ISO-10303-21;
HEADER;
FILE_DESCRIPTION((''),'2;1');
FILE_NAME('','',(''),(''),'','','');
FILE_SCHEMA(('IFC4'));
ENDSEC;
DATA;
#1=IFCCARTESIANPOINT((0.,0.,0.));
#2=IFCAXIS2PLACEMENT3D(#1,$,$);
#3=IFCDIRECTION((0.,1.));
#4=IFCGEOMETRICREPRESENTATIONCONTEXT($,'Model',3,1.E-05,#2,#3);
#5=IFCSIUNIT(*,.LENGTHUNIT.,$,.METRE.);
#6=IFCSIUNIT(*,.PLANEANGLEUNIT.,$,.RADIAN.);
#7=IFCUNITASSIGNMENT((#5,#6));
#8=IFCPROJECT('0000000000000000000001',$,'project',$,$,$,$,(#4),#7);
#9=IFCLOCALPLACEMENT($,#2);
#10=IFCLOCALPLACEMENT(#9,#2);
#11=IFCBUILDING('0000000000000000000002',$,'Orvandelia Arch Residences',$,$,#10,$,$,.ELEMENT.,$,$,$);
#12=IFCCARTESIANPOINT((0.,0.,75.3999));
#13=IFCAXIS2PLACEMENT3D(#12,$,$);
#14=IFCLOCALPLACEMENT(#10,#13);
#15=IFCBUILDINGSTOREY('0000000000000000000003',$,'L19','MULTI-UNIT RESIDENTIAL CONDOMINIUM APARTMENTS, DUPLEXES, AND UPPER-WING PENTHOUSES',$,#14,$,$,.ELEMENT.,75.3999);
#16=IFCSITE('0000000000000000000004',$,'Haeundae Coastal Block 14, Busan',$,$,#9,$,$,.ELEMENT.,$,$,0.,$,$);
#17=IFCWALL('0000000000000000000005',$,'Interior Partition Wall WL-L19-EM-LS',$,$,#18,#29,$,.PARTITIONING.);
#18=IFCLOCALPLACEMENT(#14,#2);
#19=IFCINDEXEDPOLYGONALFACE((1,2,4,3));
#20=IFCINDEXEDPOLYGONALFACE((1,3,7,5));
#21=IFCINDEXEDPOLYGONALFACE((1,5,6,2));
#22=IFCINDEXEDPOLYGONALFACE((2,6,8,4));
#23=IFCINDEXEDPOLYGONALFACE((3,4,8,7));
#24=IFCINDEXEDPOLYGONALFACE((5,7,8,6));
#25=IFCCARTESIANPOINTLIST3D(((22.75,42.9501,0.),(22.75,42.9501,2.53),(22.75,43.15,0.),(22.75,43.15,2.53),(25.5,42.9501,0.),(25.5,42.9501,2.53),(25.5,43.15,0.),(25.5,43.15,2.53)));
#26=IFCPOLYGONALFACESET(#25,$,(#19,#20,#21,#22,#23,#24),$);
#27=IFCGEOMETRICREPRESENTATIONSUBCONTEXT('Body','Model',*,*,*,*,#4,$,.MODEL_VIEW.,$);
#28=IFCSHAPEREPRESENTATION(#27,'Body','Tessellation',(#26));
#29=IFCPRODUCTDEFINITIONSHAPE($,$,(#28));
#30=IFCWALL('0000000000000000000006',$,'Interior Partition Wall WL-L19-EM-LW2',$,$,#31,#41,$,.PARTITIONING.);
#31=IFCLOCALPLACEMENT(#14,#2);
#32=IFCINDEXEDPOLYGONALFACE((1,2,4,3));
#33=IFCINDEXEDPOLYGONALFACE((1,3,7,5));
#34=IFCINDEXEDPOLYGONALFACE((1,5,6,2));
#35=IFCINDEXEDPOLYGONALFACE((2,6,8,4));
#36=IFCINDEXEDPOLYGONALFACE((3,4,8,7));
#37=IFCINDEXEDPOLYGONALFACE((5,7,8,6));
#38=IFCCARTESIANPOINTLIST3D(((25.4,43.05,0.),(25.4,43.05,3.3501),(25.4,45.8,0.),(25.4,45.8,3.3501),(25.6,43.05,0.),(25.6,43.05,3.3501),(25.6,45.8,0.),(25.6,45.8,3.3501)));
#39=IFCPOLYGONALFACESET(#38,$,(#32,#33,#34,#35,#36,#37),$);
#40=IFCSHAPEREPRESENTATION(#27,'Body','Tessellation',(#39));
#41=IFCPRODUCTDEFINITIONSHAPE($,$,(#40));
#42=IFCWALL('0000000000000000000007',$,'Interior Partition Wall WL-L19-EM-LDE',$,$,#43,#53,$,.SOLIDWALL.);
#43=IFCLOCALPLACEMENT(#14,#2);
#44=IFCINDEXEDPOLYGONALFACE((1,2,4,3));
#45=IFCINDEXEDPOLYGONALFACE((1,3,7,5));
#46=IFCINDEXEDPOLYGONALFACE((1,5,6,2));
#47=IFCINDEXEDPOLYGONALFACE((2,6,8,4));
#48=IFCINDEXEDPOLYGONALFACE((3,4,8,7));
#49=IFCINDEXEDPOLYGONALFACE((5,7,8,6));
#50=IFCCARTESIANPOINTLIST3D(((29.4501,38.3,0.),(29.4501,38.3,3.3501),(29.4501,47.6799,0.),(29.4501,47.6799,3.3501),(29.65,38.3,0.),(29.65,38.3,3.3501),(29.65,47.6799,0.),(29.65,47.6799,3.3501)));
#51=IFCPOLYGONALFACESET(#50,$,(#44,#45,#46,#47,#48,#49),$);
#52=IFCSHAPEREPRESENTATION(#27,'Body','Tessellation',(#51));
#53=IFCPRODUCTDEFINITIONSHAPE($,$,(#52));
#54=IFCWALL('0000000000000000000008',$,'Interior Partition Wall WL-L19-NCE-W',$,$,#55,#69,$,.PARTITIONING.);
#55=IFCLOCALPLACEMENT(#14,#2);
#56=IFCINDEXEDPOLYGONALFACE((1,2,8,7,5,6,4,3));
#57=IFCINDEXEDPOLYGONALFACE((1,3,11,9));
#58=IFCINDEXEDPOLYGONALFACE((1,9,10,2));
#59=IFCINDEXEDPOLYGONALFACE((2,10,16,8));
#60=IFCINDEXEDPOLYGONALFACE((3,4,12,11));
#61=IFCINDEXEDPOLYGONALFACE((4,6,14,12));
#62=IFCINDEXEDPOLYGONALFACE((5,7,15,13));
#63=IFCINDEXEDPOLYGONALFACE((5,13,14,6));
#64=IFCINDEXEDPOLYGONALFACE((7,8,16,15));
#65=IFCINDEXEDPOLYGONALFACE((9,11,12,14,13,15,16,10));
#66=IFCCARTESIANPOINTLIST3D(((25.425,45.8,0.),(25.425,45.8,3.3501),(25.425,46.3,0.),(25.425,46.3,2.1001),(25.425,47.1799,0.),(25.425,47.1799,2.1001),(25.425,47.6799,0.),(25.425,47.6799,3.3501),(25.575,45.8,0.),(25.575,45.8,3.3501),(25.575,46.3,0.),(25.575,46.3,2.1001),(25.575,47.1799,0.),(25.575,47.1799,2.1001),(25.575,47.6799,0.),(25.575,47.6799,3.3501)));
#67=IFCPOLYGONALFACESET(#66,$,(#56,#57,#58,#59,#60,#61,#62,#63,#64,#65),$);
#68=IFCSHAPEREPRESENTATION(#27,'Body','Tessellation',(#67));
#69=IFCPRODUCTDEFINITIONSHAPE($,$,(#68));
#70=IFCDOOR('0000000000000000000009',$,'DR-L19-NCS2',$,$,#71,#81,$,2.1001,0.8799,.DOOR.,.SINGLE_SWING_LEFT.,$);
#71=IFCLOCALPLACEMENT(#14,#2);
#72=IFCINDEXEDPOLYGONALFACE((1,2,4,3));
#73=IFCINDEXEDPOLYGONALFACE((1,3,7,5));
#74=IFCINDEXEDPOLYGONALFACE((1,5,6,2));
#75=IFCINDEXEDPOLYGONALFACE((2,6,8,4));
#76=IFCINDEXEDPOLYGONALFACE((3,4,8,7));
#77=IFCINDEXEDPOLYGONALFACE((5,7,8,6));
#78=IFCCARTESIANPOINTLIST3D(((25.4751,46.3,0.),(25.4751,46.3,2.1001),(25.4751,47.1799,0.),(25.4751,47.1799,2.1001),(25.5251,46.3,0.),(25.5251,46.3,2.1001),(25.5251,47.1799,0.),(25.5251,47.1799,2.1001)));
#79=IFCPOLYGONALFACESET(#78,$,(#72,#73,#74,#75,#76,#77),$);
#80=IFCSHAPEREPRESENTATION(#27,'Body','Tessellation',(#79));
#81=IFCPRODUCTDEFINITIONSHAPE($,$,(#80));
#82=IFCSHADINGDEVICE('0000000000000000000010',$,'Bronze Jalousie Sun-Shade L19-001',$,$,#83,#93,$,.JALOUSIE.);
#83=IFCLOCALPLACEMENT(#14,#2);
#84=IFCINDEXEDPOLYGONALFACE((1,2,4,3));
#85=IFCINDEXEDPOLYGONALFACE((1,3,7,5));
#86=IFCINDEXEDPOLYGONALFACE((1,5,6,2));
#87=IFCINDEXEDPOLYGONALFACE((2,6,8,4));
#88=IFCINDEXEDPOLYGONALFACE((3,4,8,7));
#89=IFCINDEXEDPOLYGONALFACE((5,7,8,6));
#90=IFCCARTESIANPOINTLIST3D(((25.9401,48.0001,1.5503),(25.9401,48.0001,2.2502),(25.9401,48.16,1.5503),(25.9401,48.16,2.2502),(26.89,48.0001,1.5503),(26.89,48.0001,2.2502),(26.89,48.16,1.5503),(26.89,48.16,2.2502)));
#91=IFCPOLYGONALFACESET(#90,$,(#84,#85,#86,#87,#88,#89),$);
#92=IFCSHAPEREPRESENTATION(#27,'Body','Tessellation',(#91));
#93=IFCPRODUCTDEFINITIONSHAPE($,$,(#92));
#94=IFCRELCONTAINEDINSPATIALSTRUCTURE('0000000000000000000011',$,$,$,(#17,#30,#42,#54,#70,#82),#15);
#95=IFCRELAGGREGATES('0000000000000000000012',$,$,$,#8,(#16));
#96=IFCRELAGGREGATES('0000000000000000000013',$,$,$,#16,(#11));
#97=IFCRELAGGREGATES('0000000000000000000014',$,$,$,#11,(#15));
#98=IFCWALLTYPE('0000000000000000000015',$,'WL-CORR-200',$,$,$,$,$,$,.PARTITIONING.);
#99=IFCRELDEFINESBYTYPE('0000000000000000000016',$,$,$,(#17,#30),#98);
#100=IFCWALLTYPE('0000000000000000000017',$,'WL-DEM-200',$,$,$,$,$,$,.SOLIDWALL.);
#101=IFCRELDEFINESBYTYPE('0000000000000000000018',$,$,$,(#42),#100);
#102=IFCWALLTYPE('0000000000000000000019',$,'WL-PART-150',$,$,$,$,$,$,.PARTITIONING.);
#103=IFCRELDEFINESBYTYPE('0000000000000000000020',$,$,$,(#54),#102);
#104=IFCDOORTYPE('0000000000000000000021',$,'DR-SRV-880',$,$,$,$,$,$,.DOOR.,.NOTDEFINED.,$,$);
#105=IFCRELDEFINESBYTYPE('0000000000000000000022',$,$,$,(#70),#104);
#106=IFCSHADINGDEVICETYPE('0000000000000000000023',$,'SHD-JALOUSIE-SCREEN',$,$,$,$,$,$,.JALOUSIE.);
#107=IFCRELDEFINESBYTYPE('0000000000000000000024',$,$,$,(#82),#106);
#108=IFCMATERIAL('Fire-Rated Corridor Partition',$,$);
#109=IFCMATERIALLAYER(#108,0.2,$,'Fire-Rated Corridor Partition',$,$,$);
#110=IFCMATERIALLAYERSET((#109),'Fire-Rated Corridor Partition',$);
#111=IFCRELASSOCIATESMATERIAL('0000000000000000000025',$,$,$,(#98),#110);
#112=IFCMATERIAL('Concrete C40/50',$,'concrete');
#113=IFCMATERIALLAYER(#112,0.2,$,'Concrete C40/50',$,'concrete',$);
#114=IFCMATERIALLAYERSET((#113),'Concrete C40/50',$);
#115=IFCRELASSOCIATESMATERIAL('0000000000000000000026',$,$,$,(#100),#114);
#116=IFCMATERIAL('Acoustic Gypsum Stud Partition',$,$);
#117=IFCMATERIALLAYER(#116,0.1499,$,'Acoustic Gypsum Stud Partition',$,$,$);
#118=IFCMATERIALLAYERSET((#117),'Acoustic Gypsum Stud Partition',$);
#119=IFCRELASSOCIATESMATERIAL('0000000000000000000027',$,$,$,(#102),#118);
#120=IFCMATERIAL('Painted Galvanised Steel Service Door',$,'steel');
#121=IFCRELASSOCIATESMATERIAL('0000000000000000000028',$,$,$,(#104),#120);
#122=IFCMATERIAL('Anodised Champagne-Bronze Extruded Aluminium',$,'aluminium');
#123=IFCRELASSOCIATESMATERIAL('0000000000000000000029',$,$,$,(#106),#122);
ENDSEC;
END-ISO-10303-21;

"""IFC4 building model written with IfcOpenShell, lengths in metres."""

from ifc_helpers import new_model, si_unit, direction, frame, frame_2d, origin, origin_2d, place, context, subcontext, project, spatial, rectangle, extrude, material, layer, layer_set, type_object, element, fill, save


model = new_model("IFC4")

# Units and contexts
model_context = context("Model", 3, precision=1e-05, world=origin(), true_north=direction((0.0, 1.0)))
body_context = subcontext(model_context, "Body", "Model", "MODEL_VIEW")
ifc_project = project(units=[si_unit("LENGTHUNIT", "METRE"), si_unit("PLANEANGLEUNIT", "RADIAN")], contexts=[model_context])

# Site, building, storey
site_placement = place(None, origin())
site = spatial("IfcSite", under=ifc_project, at=site_placement, Name="Haeundae Coastal Block 14, Busan", CompositionType="ELEMENT", RefElevation=0.0)
building_placement = place(site_placement, origin())
building = spatial("IfcBuilding", under=site, at=building_placement, Name="Orvandelia Arch Residences", CompositionType="ELEMENT")
storey_placement = place(building_placement, frame((0.0, 0.0, 75.3999)))
storey = spatial("IfcBuildingStorey", under=building, at=storey_placement, Name="L19", Description="MULTI-UNIT RESIDENTIAL CONDOMINIUM APARTMENTS, DUPLEXES, AND UPPER-WING PENTHOUSES", CompositionType="ELEMENT", Elevation=75.3999)

# Shared definitions
ifc_material_1 = material(Name="Fire-Rated Corridor Partition")
ifc_layer_1 = layer(ifc_material_1, 0.2, Name="Fire-Rated Corridor Partition")
ifc_layer_set_1 = layer_set([ifc_layer_1], Name="Fire-Rated Corridor Partition")
wall_type_1 = type_object("IfcWallType", Name="WL-CORR-200", PredefinedType="PARTITIONING", material=ifc_layer_set_1)

# Walls
wall_1_placement = place(storey_placement, frame((22.75, 43.05, 0.0), z_axis=(0.0, 0.0, 1.0), x_axis=(1.0, 0.0, 0.0)))
element("IfcWall", 1, at=wall_1_placement, inside=storey, type_object=wall_type_1, Name="Interior Partition Wall WL-L19-EM-LS", PredefinedType="PARTITIONING", context=body_context, shape_type="SweptSolid", body=[
    extrude(rectangle(XDim=2.75, YDim=0.2, at=frame_2d((1.375, 0.0))), origin(), (0.0, 0.0, 1.0), 2.53),
])
wall_2_placement = place(storey_placement, frame((25.5, 43.05, 0.0), z_axis=(0.0, 0.0, 1.0), x_axis=(0.0, 1.0, 0.0)))
element("IfcWall", 2, at=wall_2_placement, inside=storey, type_object=wall_type_1, Name="Interior Partition Wall WL-L19-EM-LW2", PredefinedType="PARTITIONING", context=body_context, shape_type="SweptSolid", body=[
    extrude(rectangle(XDim=2.75, YDim=0.2, at=frame_2d((1.375, 0.0))), origin(), (0.0, 0.0, 1.0), 3.3501),
])
ifc_material_2 = material(Name="Concrete C40/50", Category="concrete")
ifc_layer_2 = layer(ifc_material_2, 0.2, Name="Concrete C40/50", Category="concrete")
ifc_layer_set_2 = layer_set([ifc_layer_2], Name="Concrete C40/50")
wall_type_2 = type_object("IfcWallType", Name="WL-DEM-200", PredefinedType="SOLIDWALL", material=ifc_layer_set_2)
wall_3_placement = place(storey_placement, frame((29.55, 38.3, 0.0), z_axis=(0.0, 0.0, 1.0), x_axis=(0.0, 1.0, 0.0)))
element("IfcWall", 3, at=wall_3_placement, inside=storey, type_object=wall_type_2, Name="Interior Partition Wall WL-L19-EM-LDE", PredefinedType="SOLIDWALL", context=body_context, shape_type="SweptSolid", body=[
    extrude(rectangle(XDim=9.3799, YDim=0.2, at=frame_2d((4.6899, 0.0))), origin(), (0.0, 0.0, 1.0), 3.3501),
])

# Wall, opening, door
ifc_material_3 = material(Name="Acoustic Gypsum Stud Partition")
ifc_layer_3 = layer(ifc_material_3, 0.1499, Name="Acoustic Gypsum Stud Partition")
ifc_layer_set_3 = layer_set([ifc_layer_3], Name="Acoustic Gypsum Stud Partition")
wall_type_3 = type_object("IfcWallType", Name="WL-PART-150", PredefinedType="PARTITIONING", material=ifc_layer_set_3)
wall_4_placement = place(storey_placement, frame((25.5, 45.8, 0.0), z_axis=(0.0, 0.0, 1.0), x_axis=(0.0, 1.0, 0.0)))
wall_4 = element("IfcWall", 4, at=wall_4_placement, inside=storey, type_object=wall_type_3, Name="Interior Partition Wall WL-L19-NCE-W", PredefinedType="PARTITIONING", context=body_context, shape_type="SweptSolid", body=[
    extrude(rectangle(XDim=1.8799, YDim=0.1499, at=frame_2d((0.9399, 0.0))), origin(), (0.0, 0.0, 1.0), 3.3501),
])
opening_1_placement = place(wall_4_placement, frame((0.5, 0.0, 0.0)))
opening_1 = element("IfcOpeningElement", 5, at=opening_1_placement, cuts=wall_4, PredefinedType="OPENING", context=body_context, shape_type="SweptSolid", body=[
    extrude(rectangle(XDim=0.8799, YDim=2.1001, at=frame_2d((0.4399, 1.05))), frame((0.0, 0.085, 0.0), z_axis=(0.0, -1.0, 0.0), x_axis=(1.0, 0.0, 0.0)), (0.0, 0.0, 1.0), 0.1699),
])
ifc_material_4 = material(Name="Painted Galvanised Steel Service Door", Category="steel")
door_type_1 = type_object("IfcDoorType", Name="DR-SRV-880", OperationType="NOTDEFINED", PredefinedType="DOOR", material=ifc_material_4)
door_1_placement = place(opening_1_placement, origin())
door_1 = element("IfcDoor", 6, at=door_1_placement, inside=storey, type_object=door_type_1, Name="DR-L19-NCS2", OperationType="SINGLE_SWING_LEFT", OverallHeight=2.1001, OverallWidth=0.8799, PredefinedType="DOOR", context=body_context, shape_type="SweptSolid", body=[
    extrude(rectangle(XDim=0.8799, YDim=2.1001, at=frame_2d((0.4399, 1.05))), frame((0.0, 0.0249, 0.0), z_axis=(0.0, -1.0, 0.0), x_axis=(1.0, 0.0, 0.0)), (0.0, 0.0, 1.0), 0.05),
])
fill(opening_1, door_1)

# Shading device
ifc_material_5 = material(Name="Anodised Champagne-Bronze Extruded Aluminium", Category="aluminium")
shading_device_type = type_object("IfcShadingDeviceType", Name="SHD-JALOUSIE-SCREEN", PredefinedType="JALOUSIE", material=ifc_material_5)
shading_device_placement = place(storey_placement, frame((26.415, 48.0801, 1.5503), z_axis=(0.0, 0.0, 1.0), x_axis=(1.0, 0.0, 0.0)))
element("IfcShadingDevice", 7, at=shading_device_placement, inside=storey, type_object=shading_device_type, Name="Bronze Jalousie Sun-Shade L19-001", PredefinedType="JALOUSIE", context=body_context, shape_type="SweptSolid", body=[
    extrude(rectangle(XDim=0.95, YDim=0.1599, at=origin_2d()), origin(), (0.0, 0.0, 1.0), 0.7),
])

save(model, "model.ifc")
